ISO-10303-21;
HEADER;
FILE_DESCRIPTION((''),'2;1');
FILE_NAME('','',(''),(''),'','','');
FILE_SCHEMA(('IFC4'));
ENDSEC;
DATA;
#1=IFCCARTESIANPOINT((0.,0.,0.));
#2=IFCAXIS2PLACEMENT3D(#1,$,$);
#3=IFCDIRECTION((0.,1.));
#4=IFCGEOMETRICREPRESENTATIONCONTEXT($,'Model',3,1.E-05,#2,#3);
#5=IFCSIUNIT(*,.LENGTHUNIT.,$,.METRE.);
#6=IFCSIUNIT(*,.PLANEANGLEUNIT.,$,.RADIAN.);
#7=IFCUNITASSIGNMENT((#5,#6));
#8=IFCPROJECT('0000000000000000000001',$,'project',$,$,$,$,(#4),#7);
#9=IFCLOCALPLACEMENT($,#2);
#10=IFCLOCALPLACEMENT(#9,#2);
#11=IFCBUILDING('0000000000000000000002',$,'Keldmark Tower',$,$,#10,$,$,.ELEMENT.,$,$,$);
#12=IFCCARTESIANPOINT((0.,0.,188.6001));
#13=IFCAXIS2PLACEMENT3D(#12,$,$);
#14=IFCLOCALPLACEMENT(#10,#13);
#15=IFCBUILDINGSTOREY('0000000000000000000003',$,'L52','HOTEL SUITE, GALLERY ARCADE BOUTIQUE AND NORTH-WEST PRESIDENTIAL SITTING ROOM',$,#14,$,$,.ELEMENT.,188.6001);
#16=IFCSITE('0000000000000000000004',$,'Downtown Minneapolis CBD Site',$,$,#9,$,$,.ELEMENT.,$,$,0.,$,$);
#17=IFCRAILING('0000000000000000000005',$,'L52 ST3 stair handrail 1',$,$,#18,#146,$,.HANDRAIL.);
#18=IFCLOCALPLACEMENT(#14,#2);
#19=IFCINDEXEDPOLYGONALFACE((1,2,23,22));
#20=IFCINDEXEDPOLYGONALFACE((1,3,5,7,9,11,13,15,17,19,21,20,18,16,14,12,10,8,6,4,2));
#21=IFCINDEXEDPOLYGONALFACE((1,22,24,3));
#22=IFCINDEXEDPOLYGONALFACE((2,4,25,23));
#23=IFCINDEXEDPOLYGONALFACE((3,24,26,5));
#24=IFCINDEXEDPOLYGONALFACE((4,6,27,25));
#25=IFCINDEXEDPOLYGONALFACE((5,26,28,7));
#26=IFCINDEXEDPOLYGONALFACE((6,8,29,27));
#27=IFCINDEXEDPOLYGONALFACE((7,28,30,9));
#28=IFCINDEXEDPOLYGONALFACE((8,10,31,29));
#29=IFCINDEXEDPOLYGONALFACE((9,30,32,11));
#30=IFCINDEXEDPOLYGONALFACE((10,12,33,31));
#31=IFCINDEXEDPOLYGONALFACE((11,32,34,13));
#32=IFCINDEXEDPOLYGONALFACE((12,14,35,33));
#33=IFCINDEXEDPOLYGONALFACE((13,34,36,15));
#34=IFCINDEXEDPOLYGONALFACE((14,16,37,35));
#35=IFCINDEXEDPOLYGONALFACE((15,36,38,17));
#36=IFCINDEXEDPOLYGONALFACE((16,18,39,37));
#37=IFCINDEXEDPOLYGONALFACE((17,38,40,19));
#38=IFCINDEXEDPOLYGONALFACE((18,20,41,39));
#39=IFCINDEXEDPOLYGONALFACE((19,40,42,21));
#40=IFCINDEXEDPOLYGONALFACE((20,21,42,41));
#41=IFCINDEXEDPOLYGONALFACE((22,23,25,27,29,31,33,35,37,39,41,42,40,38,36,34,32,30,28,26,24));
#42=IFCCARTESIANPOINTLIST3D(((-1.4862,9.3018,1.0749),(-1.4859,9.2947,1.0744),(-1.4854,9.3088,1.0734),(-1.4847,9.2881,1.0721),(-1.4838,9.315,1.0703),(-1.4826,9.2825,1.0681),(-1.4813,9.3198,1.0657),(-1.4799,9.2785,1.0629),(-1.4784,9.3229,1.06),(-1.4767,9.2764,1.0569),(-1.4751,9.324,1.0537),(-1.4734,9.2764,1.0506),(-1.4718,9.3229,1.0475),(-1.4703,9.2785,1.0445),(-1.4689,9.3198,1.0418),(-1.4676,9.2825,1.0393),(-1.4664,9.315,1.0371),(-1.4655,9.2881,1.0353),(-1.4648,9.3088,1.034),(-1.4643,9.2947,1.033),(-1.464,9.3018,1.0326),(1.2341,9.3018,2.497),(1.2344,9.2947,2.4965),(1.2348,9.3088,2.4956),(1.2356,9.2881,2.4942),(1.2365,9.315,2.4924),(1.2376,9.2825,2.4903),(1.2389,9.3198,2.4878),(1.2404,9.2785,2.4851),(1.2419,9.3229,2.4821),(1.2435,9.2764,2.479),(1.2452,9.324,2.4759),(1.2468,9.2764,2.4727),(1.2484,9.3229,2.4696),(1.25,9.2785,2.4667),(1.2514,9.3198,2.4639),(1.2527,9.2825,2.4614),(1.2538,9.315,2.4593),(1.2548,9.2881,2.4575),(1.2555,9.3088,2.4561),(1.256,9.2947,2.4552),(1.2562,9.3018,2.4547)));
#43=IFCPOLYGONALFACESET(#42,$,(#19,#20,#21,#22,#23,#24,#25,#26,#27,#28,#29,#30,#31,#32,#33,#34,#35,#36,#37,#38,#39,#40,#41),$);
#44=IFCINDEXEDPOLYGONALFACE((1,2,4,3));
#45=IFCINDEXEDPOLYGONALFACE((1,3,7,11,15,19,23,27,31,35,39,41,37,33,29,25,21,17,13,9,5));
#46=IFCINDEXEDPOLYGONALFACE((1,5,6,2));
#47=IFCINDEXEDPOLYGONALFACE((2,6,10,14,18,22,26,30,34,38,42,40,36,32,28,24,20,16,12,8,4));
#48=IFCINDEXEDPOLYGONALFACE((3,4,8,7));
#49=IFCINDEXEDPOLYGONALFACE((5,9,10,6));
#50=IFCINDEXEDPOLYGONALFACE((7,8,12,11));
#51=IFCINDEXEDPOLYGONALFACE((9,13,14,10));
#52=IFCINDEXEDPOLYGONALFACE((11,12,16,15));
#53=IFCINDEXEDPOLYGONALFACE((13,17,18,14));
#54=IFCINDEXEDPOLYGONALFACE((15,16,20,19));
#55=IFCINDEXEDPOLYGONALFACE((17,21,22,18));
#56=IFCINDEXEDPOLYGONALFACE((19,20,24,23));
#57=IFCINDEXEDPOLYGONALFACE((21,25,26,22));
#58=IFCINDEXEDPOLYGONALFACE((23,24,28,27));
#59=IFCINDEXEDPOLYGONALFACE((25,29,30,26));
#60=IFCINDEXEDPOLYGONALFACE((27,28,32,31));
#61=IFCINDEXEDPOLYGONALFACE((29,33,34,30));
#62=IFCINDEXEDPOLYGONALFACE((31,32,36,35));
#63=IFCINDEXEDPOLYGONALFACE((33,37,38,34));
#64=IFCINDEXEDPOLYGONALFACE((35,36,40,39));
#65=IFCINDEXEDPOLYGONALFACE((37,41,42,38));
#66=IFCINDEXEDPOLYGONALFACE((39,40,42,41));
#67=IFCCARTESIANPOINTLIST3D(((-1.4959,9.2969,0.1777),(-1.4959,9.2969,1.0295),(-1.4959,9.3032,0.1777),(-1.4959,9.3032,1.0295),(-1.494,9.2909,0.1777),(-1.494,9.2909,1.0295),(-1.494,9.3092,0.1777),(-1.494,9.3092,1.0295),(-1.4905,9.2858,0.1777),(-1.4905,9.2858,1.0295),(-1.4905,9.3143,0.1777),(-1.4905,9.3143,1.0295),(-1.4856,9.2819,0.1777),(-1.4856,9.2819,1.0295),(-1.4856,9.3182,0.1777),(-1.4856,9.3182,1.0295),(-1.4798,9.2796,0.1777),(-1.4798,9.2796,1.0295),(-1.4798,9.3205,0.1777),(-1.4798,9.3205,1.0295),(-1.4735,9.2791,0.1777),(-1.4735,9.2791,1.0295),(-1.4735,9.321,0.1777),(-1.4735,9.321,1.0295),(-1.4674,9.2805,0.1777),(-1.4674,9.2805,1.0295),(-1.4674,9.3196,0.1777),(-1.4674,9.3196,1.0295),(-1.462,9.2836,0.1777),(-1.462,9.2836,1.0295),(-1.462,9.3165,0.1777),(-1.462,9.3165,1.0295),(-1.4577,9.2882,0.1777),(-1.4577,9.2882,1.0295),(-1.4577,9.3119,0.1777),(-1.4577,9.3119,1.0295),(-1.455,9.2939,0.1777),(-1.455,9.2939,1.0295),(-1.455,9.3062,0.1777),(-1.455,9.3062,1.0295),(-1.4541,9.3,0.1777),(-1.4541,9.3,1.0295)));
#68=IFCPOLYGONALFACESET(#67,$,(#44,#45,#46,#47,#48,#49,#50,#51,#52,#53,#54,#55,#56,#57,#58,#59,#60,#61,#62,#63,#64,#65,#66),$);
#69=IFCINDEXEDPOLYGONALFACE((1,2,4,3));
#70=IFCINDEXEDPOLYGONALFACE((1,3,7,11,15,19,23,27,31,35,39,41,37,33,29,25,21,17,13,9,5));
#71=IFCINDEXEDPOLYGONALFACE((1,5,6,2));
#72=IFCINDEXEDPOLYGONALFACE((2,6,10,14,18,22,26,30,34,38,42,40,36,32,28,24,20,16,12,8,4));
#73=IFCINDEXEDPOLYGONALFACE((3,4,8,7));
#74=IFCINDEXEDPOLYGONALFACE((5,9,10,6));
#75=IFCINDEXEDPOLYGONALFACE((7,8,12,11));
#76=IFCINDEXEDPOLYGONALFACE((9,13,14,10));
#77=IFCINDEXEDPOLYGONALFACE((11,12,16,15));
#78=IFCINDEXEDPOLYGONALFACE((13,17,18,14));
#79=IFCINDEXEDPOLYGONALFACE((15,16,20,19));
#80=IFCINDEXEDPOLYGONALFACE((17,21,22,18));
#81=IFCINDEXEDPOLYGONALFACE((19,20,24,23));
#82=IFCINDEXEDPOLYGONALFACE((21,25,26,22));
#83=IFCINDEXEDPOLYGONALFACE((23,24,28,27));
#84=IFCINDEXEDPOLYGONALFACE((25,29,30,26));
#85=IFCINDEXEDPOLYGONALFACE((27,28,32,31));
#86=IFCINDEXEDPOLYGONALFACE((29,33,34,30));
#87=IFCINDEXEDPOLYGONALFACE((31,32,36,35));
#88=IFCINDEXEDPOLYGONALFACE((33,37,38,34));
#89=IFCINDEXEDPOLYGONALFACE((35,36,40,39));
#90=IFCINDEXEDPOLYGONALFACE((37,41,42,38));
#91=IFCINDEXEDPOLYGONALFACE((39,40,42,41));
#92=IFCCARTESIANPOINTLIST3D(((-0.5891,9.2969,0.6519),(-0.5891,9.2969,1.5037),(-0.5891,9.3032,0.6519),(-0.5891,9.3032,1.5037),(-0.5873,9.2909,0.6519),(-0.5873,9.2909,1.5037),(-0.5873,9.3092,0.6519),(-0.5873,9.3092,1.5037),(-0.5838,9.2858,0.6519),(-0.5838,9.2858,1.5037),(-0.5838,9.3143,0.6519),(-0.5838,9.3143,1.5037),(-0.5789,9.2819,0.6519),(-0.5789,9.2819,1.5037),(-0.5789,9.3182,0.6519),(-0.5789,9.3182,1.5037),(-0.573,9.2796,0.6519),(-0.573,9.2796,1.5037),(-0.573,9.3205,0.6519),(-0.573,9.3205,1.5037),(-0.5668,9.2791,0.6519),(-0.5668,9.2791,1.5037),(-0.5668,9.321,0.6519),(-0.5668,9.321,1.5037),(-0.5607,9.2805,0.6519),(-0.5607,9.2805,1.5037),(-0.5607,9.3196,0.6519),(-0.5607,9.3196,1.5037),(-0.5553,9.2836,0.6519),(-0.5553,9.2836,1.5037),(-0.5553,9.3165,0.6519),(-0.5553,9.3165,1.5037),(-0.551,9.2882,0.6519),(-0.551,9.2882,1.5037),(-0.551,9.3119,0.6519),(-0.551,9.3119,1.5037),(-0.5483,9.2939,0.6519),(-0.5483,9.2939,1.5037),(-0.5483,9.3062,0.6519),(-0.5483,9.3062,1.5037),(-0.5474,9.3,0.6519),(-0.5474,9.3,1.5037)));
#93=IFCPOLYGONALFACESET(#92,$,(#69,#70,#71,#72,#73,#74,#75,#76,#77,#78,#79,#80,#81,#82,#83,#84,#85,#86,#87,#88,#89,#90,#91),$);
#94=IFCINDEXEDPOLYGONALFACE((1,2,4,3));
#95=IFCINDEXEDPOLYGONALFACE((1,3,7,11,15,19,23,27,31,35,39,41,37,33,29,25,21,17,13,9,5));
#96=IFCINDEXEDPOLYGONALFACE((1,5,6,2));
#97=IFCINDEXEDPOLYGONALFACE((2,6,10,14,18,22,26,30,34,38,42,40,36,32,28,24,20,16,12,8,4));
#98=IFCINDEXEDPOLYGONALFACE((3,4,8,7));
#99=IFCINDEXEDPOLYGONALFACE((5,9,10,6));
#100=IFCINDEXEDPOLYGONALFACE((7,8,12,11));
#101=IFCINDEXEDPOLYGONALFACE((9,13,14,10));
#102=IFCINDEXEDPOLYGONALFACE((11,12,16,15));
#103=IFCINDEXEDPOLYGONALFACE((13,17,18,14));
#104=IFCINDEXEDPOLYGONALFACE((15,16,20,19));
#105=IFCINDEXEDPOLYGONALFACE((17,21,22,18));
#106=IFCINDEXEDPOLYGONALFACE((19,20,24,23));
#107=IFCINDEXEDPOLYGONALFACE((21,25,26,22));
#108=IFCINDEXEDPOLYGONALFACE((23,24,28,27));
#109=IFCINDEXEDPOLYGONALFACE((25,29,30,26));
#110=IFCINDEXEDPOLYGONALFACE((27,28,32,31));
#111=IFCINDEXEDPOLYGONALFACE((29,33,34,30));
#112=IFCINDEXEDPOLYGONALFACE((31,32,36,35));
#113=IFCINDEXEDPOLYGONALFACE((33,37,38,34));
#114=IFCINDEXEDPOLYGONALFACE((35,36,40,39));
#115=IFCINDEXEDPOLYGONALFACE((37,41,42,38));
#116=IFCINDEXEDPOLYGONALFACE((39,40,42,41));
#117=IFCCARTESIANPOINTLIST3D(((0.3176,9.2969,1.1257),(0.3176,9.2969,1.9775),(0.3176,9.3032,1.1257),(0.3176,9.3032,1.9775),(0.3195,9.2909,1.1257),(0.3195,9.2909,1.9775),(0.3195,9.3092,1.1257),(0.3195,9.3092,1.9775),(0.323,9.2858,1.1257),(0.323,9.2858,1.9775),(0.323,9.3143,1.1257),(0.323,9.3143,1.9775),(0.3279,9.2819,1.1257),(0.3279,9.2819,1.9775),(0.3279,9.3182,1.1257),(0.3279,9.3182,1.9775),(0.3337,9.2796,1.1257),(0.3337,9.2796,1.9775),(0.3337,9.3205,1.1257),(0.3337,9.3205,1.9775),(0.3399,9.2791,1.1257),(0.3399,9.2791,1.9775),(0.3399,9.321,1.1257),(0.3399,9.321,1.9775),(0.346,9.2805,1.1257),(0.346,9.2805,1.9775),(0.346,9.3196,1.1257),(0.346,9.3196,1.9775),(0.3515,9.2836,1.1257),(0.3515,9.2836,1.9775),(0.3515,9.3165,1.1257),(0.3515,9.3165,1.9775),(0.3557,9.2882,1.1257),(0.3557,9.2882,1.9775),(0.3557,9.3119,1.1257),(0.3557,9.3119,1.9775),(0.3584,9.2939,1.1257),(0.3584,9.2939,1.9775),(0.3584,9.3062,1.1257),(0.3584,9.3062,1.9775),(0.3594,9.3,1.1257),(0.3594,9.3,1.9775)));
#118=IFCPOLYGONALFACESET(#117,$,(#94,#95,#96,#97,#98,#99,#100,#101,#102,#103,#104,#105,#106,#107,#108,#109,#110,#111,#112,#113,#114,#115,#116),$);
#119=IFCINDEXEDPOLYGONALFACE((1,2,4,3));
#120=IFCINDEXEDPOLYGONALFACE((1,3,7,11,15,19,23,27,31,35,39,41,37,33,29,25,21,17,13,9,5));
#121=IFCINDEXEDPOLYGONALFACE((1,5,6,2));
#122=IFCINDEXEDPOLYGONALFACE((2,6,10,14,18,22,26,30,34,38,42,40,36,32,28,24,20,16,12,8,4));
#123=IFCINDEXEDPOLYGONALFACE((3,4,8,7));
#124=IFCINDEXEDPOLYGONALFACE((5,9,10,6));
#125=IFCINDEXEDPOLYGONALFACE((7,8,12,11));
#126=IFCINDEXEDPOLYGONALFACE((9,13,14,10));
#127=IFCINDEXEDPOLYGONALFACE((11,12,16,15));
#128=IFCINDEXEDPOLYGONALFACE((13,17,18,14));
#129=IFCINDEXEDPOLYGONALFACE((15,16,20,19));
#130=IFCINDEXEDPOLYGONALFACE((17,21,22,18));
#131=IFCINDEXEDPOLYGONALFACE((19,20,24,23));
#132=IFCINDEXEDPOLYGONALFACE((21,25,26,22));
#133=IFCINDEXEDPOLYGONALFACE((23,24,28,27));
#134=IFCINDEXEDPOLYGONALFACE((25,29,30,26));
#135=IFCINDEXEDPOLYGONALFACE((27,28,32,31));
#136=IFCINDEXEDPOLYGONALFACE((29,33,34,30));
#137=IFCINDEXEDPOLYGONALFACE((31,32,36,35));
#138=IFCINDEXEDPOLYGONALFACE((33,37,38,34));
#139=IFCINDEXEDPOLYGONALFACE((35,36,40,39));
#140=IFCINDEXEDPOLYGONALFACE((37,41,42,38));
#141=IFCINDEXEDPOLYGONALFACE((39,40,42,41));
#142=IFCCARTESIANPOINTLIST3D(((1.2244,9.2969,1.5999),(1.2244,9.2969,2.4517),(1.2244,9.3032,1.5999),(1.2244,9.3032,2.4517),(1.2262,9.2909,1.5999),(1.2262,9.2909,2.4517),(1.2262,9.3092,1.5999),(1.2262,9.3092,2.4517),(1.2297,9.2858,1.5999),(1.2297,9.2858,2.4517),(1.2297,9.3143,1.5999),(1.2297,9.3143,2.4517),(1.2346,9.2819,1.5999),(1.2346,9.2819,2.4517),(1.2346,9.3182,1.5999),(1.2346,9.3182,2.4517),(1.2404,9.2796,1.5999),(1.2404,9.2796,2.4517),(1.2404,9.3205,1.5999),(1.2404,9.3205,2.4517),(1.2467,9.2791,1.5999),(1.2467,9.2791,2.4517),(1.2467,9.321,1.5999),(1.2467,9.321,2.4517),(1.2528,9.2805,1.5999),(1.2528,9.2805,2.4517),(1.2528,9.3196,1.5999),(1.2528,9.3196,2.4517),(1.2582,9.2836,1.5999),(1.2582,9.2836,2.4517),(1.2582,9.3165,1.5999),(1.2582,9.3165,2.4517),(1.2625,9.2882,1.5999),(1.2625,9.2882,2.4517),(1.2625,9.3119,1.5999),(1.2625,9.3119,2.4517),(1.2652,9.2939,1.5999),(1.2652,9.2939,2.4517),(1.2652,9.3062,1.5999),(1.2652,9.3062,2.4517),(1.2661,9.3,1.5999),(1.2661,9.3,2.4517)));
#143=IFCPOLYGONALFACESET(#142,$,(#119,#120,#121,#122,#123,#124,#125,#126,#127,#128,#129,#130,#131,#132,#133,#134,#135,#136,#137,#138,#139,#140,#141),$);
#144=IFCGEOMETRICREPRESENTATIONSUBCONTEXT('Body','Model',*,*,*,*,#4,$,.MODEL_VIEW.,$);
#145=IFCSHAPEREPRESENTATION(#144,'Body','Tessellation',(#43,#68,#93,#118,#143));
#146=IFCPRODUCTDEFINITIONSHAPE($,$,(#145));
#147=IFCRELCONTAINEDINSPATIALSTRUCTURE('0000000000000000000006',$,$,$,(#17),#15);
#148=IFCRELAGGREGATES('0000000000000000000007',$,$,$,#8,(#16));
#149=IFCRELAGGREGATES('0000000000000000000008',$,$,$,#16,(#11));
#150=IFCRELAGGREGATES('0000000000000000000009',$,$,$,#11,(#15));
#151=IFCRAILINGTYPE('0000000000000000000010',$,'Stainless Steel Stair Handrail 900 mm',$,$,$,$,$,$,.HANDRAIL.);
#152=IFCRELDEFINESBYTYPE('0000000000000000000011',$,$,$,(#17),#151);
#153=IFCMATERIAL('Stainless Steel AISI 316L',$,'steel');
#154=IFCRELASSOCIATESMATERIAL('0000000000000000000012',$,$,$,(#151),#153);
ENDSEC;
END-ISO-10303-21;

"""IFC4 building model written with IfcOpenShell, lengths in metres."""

from ifc_helpers import new_model, si_unit, direction, frame, origin, origin_2d, place, context, subcontext, project, spatial, circle, extrude, material, type_object, element, save


model = new_model("IFC4")

# Units and contexts
model_context = context("Model", 3, precision=1e-05, world=origin(), true_north=direction((0.0, 1.0)))
body_context = subcontext(model_context, "Body", "Model", "MODEL_VIEW")
ifc_project = project(units=[si_unit("LENGTHUNIT", "METRE"), si_unit("PLANEANGLEUNIT", "RADIAN")], contexts=[model_context])

# Site, building, storey
site_placement = place(None, origin())
site = spatial("IfcSite", under=ifc_project, at=site_placement, Name="Downtown Minneapolis CBD Site", CompositionType="ELEMENT", RefElevation=0.0)
building_placement = place(site_placement, origin())
building = spatial("IfcBuilding", under=site, at=building_placement, Name="Keldmark Tower", CompositionType="ELEMENT")
storey_placement = place(building_placement, frame((0.0, 0.0, 188.6001)))
storey = spatial("IfcBuildingStorey", under=building, at=storey_placement, Name="L52", Description="HOTEL SUITE, GALLERY ARCADE BOUTIQUE AND NORTH-WEST PRESIDENTIAL SITTING ROOM", CompositionType="ELEMENT", Elevation=188.6001)

# Railing
ifc_material_1 = material(Name="Stainless Steel AISI 316L", Category="steel")
railing_type_1 = type_object("IfcRailingType", Name="Stainless Steel Stair Handrail 900 mm", PredefinedType="HANDRAIL", material=ifc_material_1)
railing_1_placement = place(storey_placement, frame((-1.4751, 9.3, 0.1777)))
element("IfcRailing", 1, at=railing_1_placement, inside=storey, type_object=railing_type_1, Name="L52 ST3 stair handrail 1", PredefinedType="HANDRAIL", context=body_context, shape_type="SweptSolid", body=[
    extrude(circle(Radius=0.0239, at=origin_2d()), frame((0.0, 0.0, 0.876), z_axis=(0.8862, 0.0, 0.463302), x_axis=(0.0, 1.0, 0.0)), (0.0, 0.0, 1.0), 3.0696),
    extrude(circle(Radius=0.021, at=origin_2d()), origin(), (0.0, 0.0, 1.0), 0.8518),
    extrude(circle(Radius=0.021, at=origin_2d()), frame((0.9067, 0.0, 0.4741)), (0.0, 0.0, 1.0), 0.8518),
    extrude(circle(Radius=0.021, at=origin_2d()), frame((1.8135, 0.0, 0.948)), (0.0, 0.0, 1.0), 0.8518),
    extrude(circle(Radius=0.021, at=origin_2d()), frame((2.7202, 0.0, 1.4221)), (0.0, 0.0, 1.0), 0.8518),
])

save(model, "model.ifc")
